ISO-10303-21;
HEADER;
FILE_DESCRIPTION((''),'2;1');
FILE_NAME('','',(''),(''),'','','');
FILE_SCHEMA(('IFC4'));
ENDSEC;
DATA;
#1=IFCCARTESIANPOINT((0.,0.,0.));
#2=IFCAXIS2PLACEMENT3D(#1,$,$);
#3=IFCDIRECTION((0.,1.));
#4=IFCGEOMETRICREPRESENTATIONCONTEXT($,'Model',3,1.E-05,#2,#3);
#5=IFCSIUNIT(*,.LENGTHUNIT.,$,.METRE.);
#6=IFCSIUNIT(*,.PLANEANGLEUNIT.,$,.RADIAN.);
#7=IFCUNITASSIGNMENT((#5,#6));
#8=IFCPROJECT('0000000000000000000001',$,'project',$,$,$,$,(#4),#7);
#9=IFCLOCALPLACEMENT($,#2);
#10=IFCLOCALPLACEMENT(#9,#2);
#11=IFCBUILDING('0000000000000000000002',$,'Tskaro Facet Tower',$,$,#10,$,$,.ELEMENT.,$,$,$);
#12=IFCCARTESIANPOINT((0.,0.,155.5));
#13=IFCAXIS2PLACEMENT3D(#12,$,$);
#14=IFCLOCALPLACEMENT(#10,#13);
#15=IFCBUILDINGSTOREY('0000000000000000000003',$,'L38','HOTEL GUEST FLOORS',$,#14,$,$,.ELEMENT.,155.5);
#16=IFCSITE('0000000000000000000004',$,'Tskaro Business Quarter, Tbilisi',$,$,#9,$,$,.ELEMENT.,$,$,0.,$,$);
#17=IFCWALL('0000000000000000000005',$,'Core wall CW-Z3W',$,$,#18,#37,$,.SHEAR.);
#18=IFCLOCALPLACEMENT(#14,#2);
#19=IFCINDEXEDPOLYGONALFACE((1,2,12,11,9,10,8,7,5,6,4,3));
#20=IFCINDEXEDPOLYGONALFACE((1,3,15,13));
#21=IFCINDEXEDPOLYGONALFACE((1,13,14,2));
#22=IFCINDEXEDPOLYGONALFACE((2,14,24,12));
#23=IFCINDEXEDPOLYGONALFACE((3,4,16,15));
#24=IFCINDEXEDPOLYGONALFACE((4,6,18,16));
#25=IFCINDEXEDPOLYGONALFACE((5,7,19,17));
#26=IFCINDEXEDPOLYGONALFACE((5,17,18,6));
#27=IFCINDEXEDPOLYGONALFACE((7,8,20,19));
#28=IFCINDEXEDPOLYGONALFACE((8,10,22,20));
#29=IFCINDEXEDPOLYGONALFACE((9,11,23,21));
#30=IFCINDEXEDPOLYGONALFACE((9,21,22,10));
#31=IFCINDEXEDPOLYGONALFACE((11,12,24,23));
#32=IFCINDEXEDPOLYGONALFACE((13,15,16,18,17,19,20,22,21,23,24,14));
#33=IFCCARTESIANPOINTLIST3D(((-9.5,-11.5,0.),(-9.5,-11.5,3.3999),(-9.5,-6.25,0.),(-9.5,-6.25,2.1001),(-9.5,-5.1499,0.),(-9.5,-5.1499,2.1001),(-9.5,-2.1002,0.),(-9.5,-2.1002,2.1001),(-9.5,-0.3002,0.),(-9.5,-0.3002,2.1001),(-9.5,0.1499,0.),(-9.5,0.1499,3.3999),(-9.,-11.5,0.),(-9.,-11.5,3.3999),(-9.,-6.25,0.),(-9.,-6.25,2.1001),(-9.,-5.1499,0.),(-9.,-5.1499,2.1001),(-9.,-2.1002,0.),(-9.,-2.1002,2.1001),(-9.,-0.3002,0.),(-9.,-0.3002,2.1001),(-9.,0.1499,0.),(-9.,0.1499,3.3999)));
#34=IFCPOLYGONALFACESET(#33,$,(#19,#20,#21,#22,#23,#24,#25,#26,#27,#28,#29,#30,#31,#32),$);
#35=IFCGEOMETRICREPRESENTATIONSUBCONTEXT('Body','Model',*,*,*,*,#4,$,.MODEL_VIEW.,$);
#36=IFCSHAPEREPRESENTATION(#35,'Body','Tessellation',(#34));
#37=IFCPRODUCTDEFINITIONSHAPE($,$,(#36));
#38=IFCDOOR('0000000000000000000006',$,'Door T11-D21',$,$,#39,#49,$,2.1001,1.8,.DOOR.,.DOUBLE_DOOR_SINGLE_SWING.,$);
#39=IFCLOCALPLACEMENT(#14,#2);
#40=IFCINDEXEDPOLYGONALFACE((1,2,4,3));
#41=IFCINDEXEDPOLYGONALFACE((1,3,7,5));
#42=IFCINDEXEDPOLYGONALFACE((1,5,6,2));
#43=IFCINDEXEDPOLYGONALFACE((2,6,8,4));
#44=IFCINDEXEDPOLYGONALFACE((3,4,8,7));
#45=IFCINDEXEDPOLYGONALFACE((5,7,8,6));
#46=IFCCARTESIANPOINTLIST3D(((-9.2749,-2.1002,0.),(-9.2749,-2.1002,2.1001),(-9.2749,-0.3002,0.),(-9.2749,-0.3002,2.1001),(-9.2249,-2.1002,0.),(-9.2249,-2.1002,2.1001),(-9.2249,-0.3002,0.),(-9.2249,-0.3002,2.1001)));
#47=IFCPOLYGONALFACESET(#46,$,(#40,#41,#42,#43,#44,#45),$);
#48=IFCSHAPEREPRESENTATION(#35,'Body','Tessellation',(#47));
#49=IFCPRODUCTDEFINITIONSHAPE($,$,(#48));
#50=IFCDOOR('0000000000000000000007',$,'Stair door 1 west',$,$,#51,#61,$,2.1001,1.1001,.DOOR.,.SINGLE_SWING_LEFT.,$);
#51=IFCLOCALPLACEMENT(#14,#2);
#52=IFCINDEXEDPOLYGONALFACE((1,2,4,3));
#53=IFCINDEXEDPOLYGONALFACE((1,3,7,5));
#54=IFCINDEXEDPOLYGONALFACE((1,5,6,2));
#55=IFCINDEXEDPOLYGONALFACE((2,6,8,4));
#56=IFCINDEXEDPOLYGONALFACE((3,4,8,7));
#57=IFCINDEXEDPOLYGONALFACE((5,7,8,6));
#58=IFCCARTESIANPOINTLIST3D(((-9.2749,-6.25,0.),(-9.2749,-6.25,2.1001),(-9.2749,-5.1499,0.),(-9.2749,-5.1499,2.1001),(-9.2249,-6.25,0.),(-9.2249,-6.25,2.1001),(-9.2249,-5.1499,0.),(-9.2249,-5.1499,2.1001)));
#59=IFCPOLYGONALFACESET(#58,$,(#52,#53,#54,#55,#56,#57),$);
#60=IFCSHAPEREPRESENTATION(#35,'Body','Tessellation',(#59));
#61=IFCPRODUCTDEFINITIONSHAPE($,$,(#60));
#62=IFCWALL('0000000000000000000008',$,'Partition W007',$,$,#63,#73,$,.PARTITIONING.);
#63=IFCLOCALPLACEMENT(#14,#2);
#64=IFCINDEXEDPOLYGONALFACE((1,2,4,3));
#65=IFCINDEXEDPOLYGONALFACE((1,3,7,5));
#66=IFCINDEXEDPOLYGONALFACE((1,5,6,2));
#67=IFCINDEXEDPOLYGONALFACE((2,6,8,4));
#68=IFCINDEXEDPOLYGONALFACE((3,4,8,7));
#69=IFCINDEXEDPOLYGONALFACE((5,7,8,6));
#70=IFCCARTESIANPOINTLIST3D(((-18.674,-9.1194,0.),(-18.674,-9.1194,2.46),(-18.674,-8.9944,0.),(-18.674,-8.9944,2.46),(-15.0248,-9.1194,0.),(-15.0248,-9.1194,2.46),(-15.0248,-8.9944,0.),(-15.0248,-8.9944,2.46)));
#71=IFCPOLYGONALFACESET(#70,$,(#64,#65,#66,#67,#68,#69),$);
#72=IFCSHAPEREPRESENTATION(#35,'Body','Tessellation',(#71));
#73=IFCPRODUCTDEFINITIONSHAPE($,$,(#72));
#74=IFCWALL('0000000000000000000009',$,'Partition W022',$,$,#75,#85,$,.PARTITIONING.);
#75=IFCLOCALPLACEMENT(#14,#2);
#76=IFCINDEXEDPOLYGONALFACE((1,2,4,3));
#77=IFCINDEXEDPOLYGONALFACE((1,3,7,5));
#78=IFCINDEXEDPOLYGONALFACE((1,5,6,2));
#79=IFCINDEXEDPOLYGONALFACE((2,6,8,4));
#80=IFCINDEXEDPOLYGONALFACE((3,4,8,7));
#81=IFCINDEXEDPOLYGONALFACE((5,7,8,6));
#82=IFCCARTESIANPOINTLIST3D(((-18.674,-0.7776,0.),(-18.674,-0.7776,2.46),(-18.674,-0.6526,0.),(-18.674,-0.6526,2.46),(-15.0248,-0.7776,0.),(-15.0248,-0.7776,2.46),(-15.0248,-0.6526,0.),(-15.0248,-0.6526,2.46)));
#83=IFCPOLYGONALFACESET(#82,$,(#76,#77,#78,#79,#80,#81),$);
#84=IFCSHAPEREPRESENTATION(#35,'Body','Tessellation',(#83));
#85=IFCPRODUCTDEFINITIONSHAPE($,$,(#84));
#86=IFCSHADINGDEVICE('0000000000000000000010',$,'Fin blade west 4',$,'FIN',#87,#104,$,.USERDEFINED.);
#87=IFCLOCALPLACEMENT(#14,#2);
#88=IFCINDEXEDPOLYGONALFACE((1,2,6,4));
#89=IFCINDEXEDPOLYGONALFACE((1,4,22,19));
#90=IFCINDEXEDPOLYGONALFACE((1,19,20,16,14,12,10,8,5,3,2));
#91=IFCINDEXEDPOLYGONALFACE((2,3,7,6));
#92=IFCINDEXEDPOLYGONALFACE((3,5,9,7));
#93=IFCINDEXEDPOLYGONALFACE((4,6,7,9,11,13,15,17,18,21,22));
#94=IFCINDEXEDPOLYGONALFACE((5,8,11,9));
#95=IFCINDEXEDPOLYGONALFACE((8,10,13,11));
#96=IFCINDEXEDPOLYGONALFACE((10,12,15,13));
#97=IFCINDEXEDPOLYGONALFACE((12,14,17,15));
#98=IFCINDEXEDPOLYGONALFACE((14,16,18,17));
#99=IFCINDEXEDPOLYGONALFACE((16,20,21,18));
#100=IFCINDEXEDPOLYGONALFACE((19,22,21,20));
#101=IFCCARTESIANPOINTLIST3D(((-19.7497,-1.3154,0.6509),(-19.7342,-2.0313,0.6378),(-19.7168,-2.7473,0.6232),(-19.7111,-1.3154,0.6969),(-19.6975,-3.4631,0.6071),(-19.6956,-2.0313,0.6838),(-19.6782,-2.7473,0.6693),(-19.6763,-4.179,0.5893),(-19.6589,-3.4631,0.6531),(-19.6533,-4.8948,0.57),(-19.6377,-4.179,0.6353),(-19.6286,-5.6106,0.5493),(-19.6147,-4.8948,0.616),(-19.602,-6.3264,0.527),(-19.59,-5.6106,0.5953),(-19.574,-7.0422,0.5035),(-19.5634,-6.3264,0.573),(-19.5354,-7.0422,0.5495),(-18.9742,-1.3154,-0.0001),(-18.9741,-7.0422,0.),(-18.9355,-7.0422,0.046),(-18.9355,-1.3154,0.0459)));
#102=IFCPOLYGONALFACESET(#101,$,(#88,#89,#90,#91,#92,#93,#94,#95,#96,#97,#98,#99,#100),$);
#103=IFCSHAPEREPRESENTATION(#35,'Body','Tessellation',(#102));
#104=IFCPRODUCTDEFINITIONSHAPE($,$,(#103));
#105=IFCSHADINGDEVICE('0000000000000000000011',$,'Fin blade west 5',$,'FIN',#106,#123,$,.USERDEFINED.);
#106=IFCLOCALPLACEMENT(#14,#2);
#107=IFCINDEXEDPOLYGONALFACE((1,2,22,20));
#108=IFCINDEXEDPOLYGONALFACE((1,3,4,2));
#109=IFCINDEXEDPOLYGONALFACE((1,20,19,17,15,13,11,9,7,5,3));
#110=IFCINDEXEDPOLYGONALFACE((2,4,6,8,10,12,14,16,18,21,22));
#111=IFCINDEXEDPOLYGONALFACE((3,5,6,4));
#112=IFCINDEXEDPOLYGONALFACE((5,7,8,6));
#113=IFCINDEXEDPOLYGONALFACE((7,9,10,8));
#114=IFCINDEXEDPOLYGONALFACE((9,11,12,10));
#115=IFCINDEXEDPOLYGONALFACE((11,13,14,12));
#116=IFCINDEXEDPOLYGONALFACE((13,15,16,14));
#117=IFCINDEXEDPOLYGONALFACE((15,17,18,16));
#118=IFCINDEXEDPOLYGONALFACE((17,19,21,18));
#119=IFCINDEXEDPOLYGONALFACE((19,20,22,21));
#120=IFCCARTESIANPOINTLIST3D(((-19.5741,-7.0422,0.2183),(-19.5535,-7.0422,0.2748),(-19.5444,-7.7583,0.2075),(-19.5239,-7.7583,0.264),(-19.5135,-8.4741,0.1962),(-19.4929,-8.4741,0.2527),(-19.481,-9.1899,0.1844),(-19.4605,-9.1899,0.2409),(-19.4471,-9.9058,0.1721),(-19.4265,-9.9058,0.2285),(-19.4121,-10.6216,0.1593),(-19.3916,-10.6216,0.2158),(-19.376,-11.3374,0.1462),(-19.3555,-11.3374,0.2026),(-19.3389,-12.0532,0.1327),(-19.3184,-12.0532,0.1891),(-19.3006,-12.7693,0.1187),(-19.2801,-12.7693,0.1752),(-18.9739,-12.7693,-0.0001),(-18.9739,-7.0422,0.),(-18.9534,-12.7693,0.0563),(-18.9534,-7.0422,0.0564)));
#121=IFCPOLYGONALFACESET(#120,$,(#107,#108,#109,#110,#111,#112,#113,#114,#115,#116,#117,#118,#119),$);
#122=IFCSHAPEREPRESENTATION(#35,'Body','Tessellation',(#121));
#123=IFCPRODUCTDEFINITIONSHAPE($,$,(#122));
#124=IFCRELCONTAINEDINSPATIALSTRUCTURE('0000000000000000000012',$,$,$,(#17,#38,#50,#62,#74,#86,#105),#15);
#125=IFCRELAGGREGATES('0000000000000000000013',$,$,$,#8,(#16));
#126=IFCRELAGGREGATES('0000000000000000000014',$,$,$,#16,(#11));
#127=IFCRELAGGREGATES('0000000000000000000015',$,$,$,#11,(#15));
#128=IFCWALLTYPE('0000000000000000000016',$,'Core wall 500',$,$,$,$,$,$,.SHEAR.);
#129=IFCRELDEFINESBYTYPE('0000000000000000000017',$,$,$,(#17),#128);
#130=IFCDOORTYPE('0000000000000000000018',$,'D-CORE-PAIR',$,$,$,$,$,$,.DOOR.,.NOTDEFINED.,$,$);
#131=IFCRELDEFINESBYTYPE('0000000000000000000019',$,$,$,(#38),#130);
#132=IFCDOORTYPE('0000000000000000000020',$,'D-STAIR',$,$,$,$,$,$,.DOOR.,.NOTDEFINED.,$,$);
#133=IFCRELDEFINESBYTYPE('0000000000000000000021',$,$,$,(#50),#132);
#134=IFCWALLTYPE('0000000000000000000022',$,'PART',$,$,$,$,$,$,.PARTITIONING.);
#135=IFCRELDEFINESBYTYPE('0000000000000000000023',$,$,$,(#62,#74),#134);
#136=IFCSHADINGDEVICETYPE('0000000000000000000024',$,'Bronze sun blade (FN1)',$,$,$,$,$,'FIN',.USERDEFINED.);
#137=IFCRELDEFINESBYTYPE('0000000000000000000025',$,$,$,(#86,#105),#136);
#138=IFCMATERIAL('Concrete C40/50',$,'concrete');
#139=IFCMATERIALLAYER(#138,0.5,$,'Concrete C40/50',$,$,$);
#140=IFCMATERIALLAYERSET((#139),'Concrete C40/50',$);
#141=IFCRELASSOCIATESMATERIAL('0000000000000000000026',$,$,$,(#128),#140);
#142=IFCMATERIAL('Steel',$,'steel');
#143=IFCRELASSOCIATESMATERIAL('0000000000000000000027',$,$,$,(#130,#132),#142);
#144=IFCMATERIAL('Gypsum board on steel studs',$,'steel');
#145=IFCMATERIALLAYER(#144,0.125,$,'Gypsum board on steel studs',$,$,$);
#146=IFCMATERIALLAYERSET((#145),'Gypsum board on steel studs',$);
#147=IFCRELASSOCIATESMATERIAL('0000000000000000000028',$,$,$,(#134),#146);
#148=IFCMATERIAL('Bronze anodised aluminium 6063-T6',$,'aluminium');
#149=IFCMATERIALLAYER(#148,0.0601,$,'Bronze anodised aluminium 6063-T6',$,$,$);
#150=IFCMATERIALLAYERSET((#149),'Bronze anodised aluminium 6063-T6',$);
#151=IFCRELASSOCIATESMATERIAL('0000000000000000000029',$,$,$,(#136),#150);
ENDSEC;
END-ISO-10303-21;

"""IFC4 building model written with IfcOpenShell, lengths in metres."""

from ifc_helpers import new_model, si_unit, direction, frame, frame_2d, origin, place, context, subcontext, project, spatial, polyline, rectangle, outline, extrude, material, layer, layer_set, type_object, element, fill, save


model = new_model("IFC4")

# Units and contexts
model_context = context("Model", 3, precision=1e-05, world=origin(), true_north=direction((0.0, 1.0)))
body_context = subcontext(model_context, "Body", "Model", "MODEL_VIEW")
ifc_project = project(units=[si_unit("LENGTHUNIT", "METRE"), si_unit("PLANEANGLEUNIT", "RADIAN")], contexts=[model_context])

# Site, building, storey
site_placement = place(None, origin())
site = spatial("IfcSite", under=ifc_project, at=site_placement, Name="Tskaro Business Quarter, Tbilisi", CompositionType="ELEMENT", RefElevation=0.0)
building_placement = place(site_placement, origin())
building = spatial("IfcBuilding", under=site, at=building_placement, Name="Tskaro Facet Tower", CompositionType="ELEMENT")
storey_placement = place(building_placement, frame((0.0, 0.0, 155.5)))
storey = spatial("IfcBuildingStorey", under=building, at=storey_placement, Name="L38", Description="HOTEL GUEST FLOORS", CompositionType="ELEMENT", Elevation=155.5)

# Shared definitions
ifc_material_1 = material(Name="Bronze anodised aluminium 6063-T6", Category="aluminium")

# Wall, openings, doors
ifc_material_2 = material(Name="Concrete C40/50", Category="concrete")
ifc_layer_1 = layer(ifc_material_2, 0.5, Name="Concrete C40/50")
ifc_layer_set_1 = layer_set([ifc_layer_1], Name="Concrete C40/50")
wall_type_1 = type_object("IfcWallType", Name="Core wall 500", PredefinedType="SHEAR", material=ifc_layer_set_1)
wall_1_placement = place(storey_placement, frame((-9.25, -11.5, 0.0), z_axis=(0.0, 0.0, 1.0), x_axis=(0.0, 1.0, 0.0)))
wall_1 = element("IfcWall", 1, at=wall_1_placement, inside=storey, type_object=wall_type_1, Name="Core wall CW-Z3W", PredefinedType="SHEAR", context=body_context, shape_type="SweptSolid", body=[
    extrude(rectangle(XDim=11.6499, YDim=0.5, at=frame_2d((5.825, 0.0))), origin(), (0.0, 0.0, 1.0), 3.3999),
])
opening_1_placement = place(wall_1_placement, frame((9.3999, 0.0, 0.0)))
opening_1 = element("IfcOpeningElement", 2, at=opening_1_placement, cuts=wall_1, PredefinedType="OPENING", context=body_context, shape_type="SweptSolid", body=[
    extrude(rectangle(XDim=1.8, YDim=2.1001, at=frame_2d((0.8999, 1.05))), frame((0.0, 0.26, 0.0), z_axis=(0.0, -1.0, 0.0), x_axis=(1.0, 0.0, 0.0)), (0.0, 0.0, 1.0), 0.52),
])
opening_2_placement = place(wall_1_placement, frame((5.25, 0.0, 0.0)))
opening_2 = element("IfcOpeningElement", 3, at=opening_2_placement, cuts=wall_1, PredefinedType="OPENING", context=body_context, shape_type="SweptSolid", body=[
    extrude(rectangle(XDim=1.1001, YDim=2.1001, at=frame_2d((0.55, 1.05))), frame((0.0, 0.26, 0.0), z_axis=(0.0, -1.0, 0.0), x_axis=(1.0, 0.0, 0.0)), (0.0, 0.0, 1.0), 0.52),
])
ifc_material_3 = material(Name="Steel", Category="steel")
door_type_1 = type_object("IfcDoorType", Name="D-CORE-PAIR", OperationType="NOTDEFINED", PredefinedType="DOOR", material=ifc_material_3)
door_1_placement = place(opening_1_placement, origin())
door_1 = element("IfcDoor", 4, at=door_1_placement, inside=storey, type_object=door_type_1, Name="Door T11-D21", OperationType="DOUBLE_DOOR_SINGLE_SWING", OverallHeight=2.1001, OverallWidth=1.8, PredefinedType="DOOR", context=body_context, shape_type="SweptSolid", body=[
    extrude(rectangle(XDim=1.8, YDim=2.1001, at=frame_2d((0.8999, 1.05))), frame((0.0, 0.0249, 0.0), z_axis=(0.0, -1.0, 0.0), x_axis=(1.0, 0.0, 0.0)), (0.0, 0.0, 1.0), 0.05),
])
fill(opening_1, door_1)
door_type_2 = type_object("IfcDoorType", Name="D-STAIR", OperationType="NOTDEFINED", PredefinedType="DOOR", material=ifc_material_3)
door_2_placement = place(opening_2_placement, origin())
door_2 = element("IfcDoor", 5, at=door_2_placement, inside=storey, type_object=door_type_2, Name="Stair door 1 west", OperationType="SINGLE_SWING_LEFT", OverallHeight=2.1001, OverallWidth=1.1001, PredefinedType="DOOR", context=body_context, shape_type="SweptSolid", body=[
    extrude(rectangle(XDim=1.1001, YDim=2.1001, at=frame_2d((0.55, 1.05))), frame((0.0, 0.0249, 0.0), z_axis=(0.0, -1.0, 0.0), x_axis=(1.0, 0.0, 0.0)), (0.0, 0.0, 1.0), 0.05),
])
fill(opening_2, door_2)

# Walls
ifc_material_4 = material(Name="Gypsum board on steel studs", Category="steel")
ifc_layer_2 = layer(ifc_material_4, 0.125, Name="Gypsum board on steel studs")
ifc_layer_set_2 = layer_set([ifc_layer_2], Name="Gypsum board on steel studs")
wall_type_2 = type_object("IfcWallType", Name="PART", PredefinedType="PARTITIONING", material=ifc_layer_set_2)
for number, where, z_axis, x_axis, name in (
    (6, (-18.6741, -9.0569, 0.0), (0.0, 0.0, 1.0), (1.0, 0.0, 0.0), "Partition W007"),
    (7, (-18.6741, -0.7151, 0.0), (0.0, 0.0, 1.0), (1.0, 0.0, 0.0), "Partition W022"),
):
    element("IfcWall", number, at=place(storey_placement, frame(where, z_axis=z_axis, x_axis=x_axis)), inside=storey, type_object=wall_type_2, Name=name, PredefinedType="PARTITIONING", context=body_context, shape_type="SweptSolid", body=[
        extrude(rectangle(XDim=3.6492, YDim=0.125, at=frame_2d((1.8247, 0.0))), origin(), (0.0, 0.0, 1.0), 2.46),
    ])

# Shading devices
ifc_layer_3 = layer(ifc_material_1, 0.0601, Name="Bronze anodised aluminium 6063-T6")
ifc_layer_set_3 = layer_set([ifc_layer_3], Name="Bronze anodised aluminium 6063-T6")
shading_device_type = type_object("IfcShadingDeviceType", Name="Bronze sun blade (FN1)", ElementType="FIN", PredefinedType="USERDEFINED", material=ifc_layer_set_3)
shading_device_1_placement = place(storey_placement, frame((-18.9355, -1.3154, 0.0459), z_axis=(0.642894, 0.000021, 0.765955), x_axis=(0.000014, -1.0, 0.000016)))
element("IfcShadingDevice", 8, at=shading_device_1_placement, inside=storey, type_object=shading_device_type, Name="Fin blade west 4", ObjectType="FIN", PredefinedType="USERDEFINED", context=body_context, shape_type="SweptSolid", body=[
    extrude(outline(polyline([(0.0, 0.0), (5.7268, 0.0), (5.7268, -0.7833), (5.011, -0.8198), (4.2952, -0.8545), (3.5793, -0.8867), (2.8635, -0.9167), (2.1477, -0.9444), (1.4319, -0.9696), (0.7158, -0.9923), (0.0, -1.0125), (0.0, 0.0)])), origin(), (0.0, 0.0, -1.0), 0.0601),
])
shading_device_2_placement = place(storey_placement, frame((-18.9534, -7.0422, 0.0564), z_axis=(0.34191, -0.000015, 0.939733), x_axis=(-0.000005, -1.0, -0.000014)))
element("IfcShadingDevice", 9, at=shading_device_2_placement, inside=storey, type_object=shading_device_type, Name="Fin blade west 5", ObjectType="FIN", PredefinedType="USERDEFINED", context=body_context, shape_type="SweptSolid", body=[
    extrude(outline(polyline([(0.0, 0.0), (5.7271, 0.0), (5.7271, -0.3476), (5.011, -0.3884), (4.2952, -0.4279), (3.5793, -0.4663), (2.8635, -0.5035), (2.1477, -0.5396), (1.4319, -0.5741), (0.7161, -0.6071), (0.0, -0.6386), (0.0, 0.0)])), origin(), (0.0, 0.0, -1.0), 0.0601),
])

save(model, "model.ifc")
